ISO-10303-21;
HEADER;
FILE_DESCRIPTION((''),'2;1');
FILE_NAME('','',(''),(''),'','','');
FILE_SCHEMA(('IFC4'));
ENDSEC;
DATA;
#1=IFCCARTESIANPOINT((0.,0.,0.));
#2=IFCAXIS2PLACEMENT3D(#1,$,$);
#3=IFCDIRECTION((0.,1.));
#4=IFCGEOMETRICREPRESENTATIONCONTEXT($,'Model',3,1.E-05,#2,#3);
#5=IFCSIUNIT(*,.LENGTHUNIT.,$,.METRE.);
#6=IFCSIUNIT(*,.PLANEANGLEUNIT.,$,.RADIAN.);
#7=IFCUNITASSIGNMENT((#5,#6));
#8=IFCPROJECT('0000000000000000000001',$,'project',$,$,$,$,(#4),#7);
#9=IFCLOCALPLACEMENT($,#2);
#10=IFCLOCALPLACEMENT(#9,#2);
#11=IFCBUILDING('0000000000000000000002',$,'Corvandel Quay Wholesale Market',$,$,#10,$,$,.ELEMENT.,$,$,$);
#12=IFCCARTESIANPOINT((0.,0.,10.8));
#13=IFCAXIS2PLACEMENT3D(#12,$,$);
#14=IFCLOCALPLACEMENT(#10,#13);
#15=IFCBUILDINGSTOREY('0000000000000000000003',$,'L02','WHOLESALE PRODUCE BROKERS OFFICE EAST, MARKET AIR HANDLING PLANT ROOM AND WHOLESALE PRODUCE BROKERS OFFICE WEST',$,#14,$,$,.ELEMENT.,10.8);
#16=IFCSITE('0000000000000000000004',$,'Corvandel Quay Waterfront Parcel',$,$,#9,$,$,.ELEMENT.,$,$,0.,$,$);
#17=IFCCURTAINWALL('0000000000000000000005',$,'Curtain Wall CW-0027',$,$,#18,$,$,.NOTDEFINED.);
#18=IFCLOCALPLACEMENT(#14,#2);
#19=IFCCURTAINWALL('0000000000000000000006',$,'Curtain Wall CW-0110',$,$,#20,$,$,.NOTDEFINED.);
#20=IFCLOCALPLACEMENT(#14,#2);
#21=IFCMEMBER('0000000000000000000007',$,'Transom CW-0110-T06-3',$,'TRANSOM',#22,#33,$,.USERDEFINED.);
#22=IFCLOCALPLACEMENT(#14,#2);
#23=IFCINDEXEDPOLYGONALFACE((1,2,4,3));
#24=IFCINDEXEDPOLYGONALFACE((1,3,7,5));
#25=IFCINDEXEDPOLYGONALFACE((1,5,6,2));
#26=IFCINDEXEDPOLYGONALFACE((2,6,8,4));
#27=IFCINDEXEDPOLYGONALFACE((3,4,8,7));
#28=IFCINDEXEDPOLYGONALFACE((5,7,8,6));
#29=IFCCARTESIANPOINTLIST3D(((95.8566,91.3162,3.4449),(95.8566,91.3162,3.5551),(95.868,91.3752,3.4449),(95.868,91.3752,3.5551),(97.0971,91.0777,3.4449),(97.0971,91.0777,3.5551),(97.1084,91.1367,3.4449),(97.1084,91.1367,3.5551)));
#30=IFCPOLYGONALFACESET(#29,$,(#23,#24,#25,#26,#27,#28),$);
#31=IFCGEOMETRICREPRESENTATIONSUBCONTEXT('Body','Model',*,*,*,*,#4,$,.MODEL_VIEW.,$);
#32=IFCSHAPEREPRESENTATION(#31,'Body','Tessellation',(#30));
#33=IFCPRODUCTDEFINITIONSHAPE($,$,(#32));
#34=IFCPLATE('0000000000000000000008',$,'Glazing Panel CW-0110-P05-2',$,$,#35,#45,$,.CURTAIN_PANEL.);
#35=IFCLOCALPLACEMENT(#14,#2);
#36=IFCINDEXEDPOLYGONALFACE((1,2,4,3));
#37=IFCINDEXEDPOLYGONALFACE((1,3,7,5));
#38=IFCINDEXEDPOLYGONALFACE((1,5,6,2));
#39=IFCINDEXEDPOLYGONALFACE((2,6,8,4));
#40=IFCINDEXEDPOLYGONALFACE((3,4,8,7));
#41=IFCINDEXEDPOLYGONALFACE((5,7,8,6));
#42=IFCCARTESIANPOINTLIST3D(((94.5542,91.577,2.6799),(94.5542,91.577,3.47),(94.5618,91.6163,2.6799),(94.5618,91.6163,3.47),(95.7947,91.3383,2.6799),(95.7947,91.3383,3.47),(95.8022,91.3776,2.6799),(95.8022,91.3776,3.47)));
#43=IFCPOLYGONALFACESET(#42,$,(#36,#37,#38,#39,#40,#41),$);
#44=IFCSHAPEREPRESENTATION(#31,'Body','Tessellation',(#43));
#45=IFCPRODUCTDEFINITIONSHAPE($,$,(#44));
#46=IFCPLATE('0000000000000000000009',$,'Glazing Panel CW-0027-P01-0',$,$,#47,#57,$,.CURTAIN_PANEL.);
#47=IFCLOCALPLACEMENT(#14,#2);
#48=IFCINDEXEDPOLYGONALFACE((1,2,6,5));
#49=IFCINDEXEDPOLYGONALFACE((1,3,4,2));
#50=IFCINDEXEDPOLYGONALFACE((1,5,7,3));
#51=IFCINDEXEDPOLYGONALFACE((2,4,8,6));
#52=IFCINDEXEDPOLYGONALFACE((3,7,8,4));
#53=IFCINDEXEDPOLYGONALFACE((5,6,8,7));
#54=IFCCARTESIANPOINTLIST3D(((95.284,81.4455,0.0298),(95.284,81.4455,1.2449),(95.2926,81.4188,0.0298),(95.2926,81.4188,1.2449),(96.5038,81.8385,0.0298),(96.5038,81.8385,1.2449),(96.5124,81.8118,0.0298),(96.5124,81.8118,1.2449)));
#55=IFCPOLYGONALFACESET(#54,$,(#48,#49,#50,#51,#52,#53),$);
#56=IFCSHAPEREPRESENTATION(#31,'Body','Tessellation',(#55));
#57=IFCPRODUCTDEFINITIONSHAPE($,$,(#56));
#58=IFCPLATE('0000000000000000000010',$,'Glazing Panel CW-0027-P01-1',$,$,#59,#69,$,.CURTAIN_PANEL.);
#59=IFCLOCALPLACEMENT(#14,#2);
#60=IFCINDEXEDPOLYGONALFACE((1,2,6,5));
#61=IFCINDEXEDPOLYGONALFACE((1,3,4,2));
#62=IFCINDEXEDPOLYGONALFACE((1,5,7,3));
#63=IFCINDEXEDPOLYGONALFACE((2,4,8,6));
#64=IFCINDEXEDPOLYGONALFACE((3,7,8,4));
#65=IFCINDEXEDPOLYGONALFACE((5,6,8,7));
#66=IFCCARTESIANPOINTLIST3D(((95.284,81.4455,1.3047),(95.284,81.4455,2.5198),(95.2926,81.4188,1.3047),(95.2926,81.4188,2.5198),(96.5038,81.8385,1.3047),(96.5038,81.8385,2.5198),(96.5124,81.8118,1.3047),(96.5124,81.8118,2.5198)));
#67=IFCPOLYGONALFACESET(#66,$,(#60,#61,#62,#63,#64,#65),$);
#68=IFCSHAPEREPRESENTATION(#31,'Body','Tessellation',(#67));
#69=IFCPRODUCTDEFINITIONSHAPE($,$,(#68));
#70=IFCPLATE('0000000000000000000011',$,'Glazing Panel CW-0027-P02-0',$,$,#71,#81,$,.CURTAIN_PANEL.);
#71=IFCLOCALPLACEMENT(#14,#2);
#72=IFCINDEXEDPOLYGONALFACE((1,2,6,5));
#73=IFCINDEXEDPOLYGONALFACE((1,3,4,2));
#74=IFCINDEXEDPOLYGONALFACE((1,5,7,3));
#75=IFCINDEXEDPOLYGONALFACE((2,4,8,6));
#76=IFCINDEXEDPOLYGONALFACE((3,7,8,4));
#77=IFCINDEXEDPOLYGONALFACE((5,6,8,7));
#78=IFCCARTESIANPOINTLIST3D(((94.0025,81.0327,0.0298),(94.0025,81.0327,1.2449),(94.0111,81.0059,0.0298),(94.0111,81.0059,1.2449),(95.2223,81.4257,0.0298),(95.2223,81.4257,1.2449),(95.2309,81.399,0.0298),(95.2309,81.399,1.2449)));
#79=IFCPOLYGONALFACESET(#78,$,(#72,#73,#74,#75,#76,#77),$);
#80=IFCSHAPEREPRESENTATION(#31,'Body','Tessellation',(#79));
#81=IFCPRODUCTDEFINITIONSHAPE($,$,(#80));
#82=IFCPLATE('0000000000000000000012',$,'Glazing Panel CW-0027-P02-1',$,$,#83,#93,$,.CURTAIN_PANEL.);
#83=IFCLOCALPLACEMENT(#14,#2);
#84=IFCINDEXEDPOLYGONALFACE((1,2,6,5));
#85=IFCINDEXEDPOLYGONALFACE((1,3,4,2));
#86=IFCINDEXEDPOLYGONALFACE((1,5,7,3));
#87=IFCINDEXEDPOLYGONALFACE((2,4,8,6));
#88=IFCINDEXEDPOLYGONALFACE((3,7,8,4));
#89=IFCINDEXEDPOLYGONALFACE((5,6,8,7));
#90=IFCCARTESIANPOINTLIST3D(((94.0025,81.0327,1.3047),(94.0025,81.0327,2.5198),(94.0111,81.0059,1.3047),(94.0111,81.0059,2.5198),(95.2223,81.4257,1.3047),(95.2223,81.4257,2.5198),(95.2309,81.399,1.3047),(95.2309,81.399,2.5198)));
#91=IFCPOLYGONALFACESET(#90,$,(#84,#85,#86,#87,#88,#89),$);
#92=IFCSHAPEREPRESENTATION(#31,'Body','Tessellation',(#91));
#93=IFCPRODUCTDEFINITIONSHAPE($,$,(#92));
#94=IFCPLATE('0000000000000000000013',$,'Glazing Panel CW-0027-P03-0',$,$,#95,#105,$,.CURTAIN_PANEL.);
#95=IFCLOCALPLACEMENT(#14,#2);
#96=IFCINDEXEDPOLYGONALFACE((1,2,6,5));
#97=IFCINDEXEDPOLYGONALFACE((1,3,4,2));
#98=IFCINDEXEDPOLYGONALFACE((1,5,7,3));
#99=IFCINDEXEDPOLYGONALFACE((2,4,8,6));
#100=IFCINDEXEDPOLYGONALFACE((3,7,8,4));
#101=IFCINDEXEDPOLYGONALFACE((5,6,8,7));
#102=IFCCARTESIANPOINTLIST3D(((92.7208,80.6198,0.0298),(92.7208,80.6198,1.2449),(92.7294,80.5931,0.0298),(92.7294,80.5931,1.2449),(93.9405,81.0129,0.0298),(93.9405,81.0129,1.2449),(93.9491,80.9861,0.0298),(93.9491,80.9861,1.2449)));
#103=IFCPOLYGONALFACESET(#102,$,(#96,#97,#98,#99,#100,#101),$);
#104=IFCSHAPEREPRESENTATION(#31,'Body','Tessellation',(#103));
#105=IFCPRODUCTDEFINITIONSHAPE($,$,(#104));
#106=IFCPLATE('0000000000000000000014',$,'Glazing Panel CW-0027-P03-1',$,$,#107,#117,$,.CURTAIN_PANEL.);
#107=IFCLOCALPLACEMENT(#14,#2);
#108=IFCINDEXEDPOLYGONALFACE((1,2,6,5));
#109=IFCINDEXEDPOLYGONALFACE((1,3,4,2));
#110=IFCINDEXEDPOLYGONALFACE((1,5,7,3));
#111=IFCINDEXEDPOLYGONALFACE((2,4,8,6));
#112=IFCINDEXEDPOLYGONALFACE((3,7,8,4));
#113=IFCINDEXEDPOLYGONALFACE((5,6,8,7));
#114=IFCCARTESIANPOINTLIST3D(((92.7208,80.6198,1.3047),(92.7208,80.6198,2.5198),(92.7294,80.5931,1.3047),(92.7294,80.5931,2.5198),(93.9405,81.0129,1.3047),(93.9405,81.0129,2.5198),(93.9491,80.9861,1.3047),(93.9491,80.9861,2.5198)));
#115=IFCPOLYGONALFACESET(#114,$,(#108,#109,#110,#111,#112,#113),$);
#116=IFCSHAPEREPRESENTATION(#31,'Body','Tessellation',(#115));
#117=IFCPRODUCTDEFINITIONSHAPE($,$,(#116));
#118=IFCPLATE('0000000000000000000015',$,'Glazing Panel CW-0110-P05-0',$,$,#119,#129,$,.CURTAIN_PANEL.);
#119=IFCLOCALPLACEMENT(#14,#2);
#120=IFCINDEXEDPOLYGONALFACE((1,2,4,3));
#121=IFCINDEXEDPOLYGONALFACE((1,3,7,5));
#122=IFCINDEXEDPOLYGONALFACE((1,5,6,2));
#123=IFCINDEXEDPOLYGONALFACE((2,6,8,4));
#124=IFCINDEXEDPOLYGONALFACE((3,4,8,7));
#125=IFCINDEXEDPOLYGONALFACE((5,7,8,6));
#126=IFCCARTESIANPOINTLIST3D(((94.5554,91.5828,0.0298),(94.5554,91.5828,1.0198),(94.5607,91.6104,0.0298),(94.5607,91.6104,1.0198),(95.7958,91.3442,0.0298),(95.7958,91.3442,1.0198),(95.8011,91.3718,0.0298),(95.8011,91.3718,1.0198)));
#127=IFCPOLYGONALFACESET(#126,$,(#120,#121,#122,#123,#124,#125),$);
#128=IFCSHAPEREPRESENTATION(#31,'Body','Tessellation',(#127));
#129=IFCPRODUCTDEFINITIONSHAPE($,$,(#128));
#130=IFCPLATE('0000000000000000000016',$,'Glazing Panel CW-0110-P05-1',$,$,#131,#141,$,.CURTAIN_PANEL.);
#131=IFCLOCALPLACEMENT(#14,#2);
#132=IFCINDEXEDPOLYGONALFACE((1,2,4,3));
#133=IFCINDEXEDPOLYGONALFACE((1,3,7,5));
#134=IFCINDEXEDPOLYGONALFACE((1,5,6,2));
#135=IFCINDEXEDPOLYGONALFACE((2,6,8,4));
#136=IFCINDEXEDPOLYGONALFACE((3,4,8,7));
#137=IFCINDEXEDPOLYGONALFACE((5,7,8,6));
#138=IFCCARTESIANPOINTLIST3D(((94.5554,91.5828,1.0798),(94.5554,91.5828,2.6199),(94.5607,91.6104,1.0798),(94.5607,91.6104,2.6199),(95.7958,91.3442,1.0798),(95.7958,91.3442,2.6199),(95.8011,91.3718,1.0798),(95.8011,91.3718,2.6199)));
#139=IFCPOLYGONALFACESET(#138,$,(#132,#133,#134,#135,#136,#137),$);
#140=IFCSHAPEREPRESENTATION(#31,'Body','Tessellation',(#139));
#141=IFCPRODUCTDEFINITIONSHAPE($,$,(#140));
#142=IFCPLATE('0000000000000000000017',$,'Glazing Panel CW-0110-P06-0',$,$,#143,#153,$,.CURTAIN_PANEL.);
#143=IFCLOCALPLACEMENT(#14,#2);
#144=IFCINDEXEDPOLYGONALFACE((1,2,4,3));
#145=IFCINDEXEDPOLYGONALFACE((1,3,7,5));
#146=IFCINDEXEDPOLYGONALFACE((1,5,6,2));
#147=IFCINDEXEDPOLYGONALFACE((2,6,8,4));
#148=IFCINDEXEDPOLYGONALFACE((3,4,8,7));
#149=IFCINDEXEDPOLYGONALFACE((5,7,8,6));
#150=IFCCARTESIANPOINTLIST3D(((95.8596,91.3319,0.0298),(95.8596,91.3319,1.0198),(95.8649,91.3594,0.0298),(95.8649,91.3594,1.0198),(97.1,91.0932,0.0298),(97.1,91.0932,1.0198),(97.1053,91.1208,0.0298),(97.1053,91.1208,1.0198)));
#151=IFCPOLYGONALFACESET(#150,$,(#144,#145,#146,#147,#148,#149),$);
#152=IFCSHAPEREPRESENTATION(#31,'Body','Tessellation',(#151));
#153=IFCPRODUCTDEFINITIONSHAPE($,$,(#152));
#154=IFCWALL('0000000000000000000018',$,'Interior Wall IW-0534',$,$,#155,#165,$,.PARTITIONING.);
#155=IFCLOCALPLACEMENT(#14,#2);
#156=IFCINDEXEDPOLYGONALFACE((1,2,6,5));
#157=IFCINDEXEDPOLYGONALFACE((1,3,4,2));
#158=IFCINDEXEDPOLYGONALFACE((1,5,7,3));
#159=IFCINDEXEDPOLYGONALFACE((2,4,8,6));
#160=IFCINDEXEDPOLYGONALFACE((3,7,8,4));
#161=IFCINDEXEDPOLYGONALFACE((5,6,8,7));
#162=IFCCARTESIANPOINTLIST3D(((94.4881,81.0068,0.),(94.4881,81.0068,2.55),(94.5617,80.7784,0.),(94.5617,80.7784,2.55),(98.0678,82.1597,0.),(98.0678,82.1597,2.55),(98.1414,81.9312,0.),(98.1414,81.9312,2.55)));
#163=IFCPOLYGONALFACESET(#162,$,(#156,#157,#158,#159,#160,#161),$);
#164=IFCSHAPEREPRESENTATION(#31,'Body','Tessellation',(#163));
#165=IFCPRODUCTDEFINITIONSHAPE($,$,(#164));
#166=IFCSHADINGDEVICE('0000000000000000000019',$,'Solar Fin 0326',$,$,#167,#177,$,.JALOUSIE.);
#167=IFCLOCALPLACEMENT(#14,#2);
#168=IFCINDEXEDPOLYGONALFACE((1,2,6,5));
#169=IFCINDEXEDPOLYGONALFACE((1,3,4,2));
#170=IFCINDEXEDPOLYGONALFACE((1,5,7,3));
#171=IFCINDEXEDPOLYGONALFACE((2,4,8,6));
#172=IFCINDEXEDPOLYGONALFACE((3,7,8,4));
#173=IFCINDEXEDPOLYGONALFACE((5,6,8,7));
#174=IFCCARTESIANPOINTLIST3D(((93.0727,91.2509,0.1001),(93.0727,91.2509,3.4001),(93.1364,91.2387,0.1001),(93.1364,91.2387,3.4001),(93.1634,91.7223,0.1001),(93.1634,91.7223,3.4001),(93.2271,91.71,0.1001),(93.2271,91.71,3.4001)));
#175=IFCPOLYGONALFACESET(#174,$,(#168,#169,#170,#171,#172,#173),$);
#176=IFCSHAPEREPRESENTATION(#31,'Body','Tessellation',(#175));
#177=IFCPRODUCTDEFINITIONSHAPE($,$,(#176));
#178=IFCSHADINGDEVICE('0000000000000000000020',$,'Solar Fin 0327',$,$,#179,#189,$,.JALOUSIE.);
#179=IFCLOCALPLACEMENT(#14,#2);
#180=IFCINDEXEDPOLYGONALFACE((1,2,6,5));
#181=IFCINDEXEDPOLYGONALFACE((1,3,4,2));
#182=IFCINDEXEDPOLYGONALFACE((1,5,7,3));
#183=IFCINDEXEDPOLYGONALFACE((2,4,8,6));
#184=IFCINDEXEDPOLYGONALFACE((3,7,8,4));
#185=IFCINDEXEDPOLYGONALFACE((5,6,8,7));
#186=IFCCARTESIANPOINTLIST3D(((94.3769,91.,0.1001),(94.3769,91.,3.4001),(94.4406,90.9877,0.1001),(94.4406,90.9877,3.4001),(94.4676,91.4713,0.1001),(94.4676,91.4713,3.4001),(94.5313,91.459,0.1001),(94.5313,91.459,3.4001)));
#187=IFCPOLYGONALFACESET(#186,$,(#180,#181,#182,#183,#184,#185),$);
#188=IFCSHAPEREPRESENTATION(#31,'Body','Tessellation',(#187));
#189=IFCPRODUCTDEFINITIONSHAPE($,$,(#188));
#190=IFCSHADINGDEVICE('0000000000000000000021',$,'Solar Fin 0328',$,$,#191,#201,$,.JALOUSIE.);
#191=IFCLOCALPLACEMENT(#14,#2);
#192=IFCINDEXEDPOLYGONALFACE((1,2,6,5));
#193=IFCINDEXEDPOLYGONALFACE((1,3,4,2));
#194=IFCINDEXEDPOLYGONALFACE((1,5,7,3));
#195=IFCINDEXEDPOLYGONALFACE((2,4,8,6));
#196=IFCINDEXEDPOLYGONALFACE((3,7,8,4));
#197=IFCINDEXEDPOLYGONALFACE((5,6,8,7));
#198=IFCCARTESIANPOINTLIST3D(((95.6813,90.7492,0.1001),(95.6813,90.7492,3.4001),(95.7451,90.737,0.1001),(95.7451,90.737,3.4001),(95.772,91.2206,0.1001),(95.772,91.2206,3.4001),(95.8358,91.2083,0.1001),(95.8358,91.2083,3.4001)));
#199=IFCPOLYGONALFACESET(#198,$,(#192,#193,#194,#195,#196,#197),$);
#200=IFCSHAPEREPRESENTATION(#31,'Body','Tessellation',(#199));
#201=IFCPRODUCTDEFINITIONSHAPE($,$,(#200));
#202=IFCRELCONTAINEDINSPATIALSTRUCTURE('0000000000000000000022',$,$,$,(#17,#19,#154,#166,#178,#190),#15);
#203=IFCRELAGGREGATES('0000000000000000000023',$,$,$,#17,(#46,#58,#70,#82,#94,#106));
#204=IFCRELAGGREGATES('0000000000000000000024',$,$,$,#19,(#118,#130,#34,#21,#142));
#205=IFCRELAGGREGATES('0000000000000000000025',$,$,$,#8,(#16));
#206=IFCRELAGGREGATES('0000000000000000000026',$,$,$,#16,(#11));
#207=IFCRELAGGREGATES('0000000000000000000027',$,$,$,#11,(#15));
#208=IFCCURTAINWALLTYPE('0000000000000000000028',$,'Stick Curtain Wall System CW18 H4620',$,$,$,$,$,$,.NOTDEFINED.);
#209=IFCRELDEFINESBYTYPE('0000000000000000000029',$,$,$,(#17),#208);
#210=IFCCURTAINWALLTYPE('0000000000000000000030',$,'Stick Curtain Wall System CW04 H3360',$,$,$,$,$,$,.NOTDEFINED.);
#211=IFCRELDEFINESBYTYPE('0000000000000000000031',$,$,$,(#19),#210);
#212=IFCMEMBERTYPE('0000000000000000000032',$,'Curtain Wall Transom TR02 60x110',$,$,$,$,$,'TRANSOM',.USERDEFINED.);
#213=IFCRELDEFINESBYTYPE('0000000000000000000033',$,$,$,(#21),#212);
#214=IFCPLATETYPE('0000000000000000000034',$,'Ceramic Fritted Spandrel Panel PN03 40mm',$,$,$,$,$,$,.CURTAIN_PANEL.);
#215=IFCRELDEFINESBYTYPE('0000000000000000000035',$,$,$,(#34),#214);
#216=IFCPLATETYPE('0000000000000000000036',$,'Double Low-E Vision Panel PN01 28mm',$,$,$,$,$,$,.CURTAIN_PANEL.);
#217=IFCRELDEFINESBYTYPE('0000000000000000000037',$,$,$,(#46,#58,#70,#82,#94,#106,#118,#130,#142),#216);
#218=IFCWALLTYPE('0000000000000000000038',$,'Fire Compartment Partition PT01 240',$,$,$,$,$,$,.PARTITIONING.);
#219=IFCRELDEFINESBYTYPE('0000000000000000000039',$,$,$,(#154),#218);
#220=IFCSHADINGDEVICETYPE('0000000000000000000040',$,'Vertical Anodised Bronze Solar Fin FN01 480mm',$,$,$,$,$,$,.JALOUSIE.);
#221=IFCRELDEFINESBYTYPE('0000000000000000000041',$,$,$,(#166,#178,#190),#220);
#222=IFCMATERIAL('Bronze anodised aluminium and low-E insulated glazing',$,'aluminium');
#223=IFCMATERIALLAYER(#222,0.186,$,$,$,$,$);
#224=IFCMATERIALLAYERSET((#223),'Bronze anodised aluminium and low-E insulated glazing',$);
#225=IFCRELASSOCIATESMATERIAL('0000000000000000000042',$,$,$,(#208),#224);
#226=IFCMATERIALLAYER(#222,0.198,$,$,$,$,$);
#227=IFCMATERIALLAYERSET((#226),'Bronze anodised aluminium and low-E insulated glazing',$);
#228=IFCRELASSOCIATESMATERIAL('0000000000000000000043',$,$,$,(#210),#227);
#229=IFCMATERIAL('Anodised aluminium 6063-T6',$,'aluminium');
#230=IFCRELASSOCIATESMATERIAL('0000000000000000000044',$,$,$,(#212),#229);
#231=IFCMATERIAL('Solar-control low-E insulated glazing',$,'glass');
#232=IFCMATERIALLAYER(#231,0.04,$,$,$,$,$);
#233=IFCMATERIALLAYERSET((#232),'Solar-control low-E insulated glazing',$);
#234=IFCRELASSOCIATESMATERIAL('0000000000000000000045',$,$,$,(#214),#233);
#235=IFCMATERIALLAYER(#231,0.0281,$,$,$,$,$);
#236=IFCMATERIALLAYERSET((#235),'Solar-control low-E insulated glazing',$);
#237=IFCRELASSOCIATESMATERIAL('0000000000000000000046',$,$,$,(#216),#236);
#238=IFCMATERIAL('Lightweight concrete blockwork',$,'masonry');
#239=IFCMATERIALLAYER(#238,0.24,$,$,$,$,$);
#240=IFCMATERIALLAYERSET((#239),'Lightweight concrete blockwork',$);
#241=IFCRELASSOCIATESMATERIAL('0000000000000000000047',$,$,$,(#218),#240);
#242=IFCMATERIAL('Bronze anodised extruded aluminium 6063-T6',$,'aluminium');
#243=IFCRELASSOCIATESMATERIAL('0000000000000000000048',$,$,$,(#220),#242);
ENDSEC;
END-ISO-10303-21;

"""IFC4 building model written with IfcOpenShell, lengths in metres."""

from ifc_helpers import new_model, si_unit, direction, frame, frame_2d, origin, origin_2d, place, context, subcontext, project, spatial, rectangle, extrude, material, layer, layer_set, material_profile, profile_set, type_object, element, aggregate, save


model = new_model("IFC4")

# Units and contexts
model_context = context("Model", 3, precision=1e-05, world=origin(), true_north=direction((0.0, 1.0)))
body_context = subcontext(model_context, "Body", "Model", "MODEL_VIEW")
ifc_project = project(units=[si_unit("LENGTHUNIT", "METRE"), si_unit("PLANEANGLEUNIT", "RADIAN")], contexts=[model_context])

# Site, building, storey
site_placement = place(None, origin())
site = spatial("IfcSite", under=ifc_project, at=site_placement, Name="Corvandel Quay Waterfront Parcel", CompositionType="ELEMENT", RefElevation=0.0)
building_placement = place(site_placement, origin())
building = spatial("IfcBuilding", under=site, at=building_placement, Name="Corvandel Quay Wholesale Market", CompositionType="ELEMENT")
storey_placement = place(building_placement, frame((0.0, 0.0, 10.8)))
storey = spatial("IfcBuildingStorey", under=building, at=storey_placement, Name="L02", Description="WHOLESALE PRODUCE BROKERS OFFICE EAST, MARKET AIR HANDLING PLANT ROOM AND WHOLESALE PRODUCE BROKERS OFFICE WEST", CompositionType="ELEMENT", Elevation=10.8)

# Curtain wall
ifc_material_1 = material(Name="Bronze anodised aluminium and low-E insulated glazing", Category="aluminium")
ifc_layer_1 = layer(ifc_material_1, 0.186)
ifc_layer_set_1 = layer_set([ifc_layer_1], Name="Bronze anodised aluminium and low-E insulated glazing")
curtain_wall_type_1 = type_object("IfcCurtainWallType", Name="Stick Curtain Wall System CW18 H4620", PredefinedType="NOTDEFINED", material=ifc_layer_set_1)
curtain_wall_1_placement = place(storey_placement, origin())
curtain_wall_1 = element("IfcCurtainWall", 1, at=curtain_wall_1_placement, inside=storey, type_object=curtain_wall_type_1, Name="Curtain Wall CW-0027", PredefinedType="NOTDEFINED")
ifc_material_2 = material(Name="Anodised aluminium 6063-T6", Category="aluminium")

# Curtain wall
ifc_layer_2 = layer(ifc_material_1, 0.198)
ifc_layer_set_2 = layer_set([ifc_layer_2], Name="Bronze anodised aluminium and low-E insulated glazing")
curtain_wall_type_2 = type_object("IfcCurtainWallType", Name="Stick Curtain Wall System CW04 H3360", PredefinedType="NOTDEFINED", material=ifc_layer_set_2)
curtain_wall_2_placement = place(storey_placement, origin())
curtain_wall_2 = element("IfcCurtainWall", 2, at=curtain_wall_2_placement, inside=storey, type_object=curtain_wall_type_2, Name="Curtain Wall CW-0110", PredefinedType="NOTDEFINED")

# Member
ifc_material_profile_1 = material_profile(ifc_material_2, rectangle(XDim=0.0601, YDim=0.1101, at=origin_2d()), Name="ALU-TRN-60x110")
ifc_profile_set_1 = profile_set([ifc_material_profile_1], Name="Anodised aluminium 6063-T6")
member_type_1 = type_object("IfcMemberType", Name="Curtain Wall Transom TR02 60x110", ElementType="TRANSOM", PredefinedType="USERDEFINED", material=ifc_profile_set_1)
member_1_placement = place(storey_placement, frame((95.8623, 91.3457, 3.5), z_axis=(0.982011, -0.188826, 0.0), x_axis=(0.188826, 0.982011, 0.0)))
member_1 = element("IfcMember", 3, at=member_1_placement, type_object=member_type_1, Name="Transom CW-0110-T06-3", ObjectType="TRANSOM", PredefinedType="USERDEFINED", context=body_context, shape_type="SweptSolid", body=[
    extrude(rectangle(XDim=0.0601, YDim=0.1101, at=origin_2d()), origin(), (0.0, 0.0, 1.0), 1.2632),
])

# Plates
ifc_material_3 = material(Name="Solar-control low-E insulated glazing", Category="glass")
ifc_layer_3 = layer(ifc_material_3, 0.04)
ifc_layer_set_3 = layer_set([ifc_layer_3], Name="Solar-control low-E insulated glazing")
plate_type_1 = type_object("IfcPlateType", Name="Ceramic Fritted Spandrel Panel PN03 40mm", PredefinedType="CURTAIN_PANEL", material=ifc_layer_set_3)
plate_1_placement = place(storey_placement, frame((95.1782, 91.4773, 2.6799), z_axis=(0.0, 0.0, 1.0), x_axis=(-0.981992, 0.188924, 0.0)))
plate_1 = element("IfcPlate", 4, at=plate_1_placement, type_object=plate_type_1, Name="Glazing Panel CW-0110-P05-2", PredefinedType="CURTAIN_PANEL", context=body_context, shape_type="SweptSolid", body=[
    extrude(rectangle(XDim=1.2632, YDim=0.04, at=origin_2d()), origin(), (0.0, 0.0, 1.0), 0.79),
])
ifc_layer_4 = layer(ifc_material_3, 0.0281)
ifc_layer_set_4 = layer_set([ifc_layer_4], Name="Solar-control low-E insulated glazing")
plate_type_2 = type_object("IfcPlateType", Name="Double Low-E Vision Panel PN01 28mm", PredefinedType="CURTAIN_PANEL", material=ifc_layer_set_4)
plate_2_placement = place(storey_placement, frame((95.8982, 81.6287, 0.0298), z_axis=(0.0, 0.0, 1.0), x_axis=(0.951809, 0.306692, 0.0)))
plate_2 = element("IfcPlate", 5, at=plate_2_placement, type_object=plate_type_2, Name="Glazing Panel CW-0027-P01-0", PredefinedType="CURTAIN_PANEL", context=body_context, shape_type="SweptSolid", body=[
    extrude(rectangle(XDim=1.2815, YDim=0.0281, at=origin_2d()), origin(), (0.0, 0.0, 1.0), 1.2151),
])
plate_3_placement = place(storey_placement, frame((95.8982, 81.6287, 1.3047), z_axis=(0.0, 0.0, 1.0), x_axis=(0.951809, 0.306692, 0.0)))
plate_3 = element("IfcPlate", 6, at=plate_3_placement, type_object=plate_type_2, Name="Glazing Panel CW-0027-P01-1", PredefinedType="CURTAIN_PANEL", context=body_context, shape_type="SweptSolid", body=[
    extrude(rectangle(XDim=1.2815, YDim=0.0281, at=origin_2d()), origin(), (0.0, 0.0, 1.0), 1.2151),
])
plate_4_placement = place(storey_placement, frame((94.6167, 81.2158, 0.0298), z_axis=(0.0, 0.0, 1.0), x_axis=(0.951809, 0.306692, 0.0)))
plate_4 = element("IfcPlate", 7, at=plate_4_placement, type_object=plate_type_2, Name="Glazing Panel CW-0027-P02-0", PredefinedType="CURTAIN_PANEL", context=body_context, shape_type="SweptSolid", body=[
    extrude(rectangle(XDim=1.2815, YDim=0.0281, at=origin_2d()), origin(), (0.0, 0.0, 1.0), 1.2151),
])
plate_5_placement = place(storey_placement, frame((94.6167, 81.2158, 1.3047), z_axis=(0.0, 0.0, 1.0), x_axis=(0.951809, 0.306692, 0.0)))
plate_5 = element("IfcPlate", 8, at=plate_5_placement, type_object=plate_type_2, Name="Glazing Panel CW-0027-P02-1", PredefinedType="CURTAIN_PANEL", context=body_context, shape_type="SweptSolid", body=[
    extrude(rectangle(XDim=1.2815, YDim=0.0281, at=origin_2d()), origin(), (0.0, 0.0, 1.0), 1.2151),
])
plate_6_placement = place(storey_placement, frame((93.335, 80.803, 0.0298), z_axis=(0.0, 0.0, 1.0), x_axis=(0.951809, 0.306692, 0.0)))
plate_6 = element("IfcPlate", 9, at=plate_6_placement, type_object=plate_type_2, Name="Glazing Panel CW-0027-P03-0", PredefinedType="CURTAIN_PANEL", context=body_context, shape_type="SweptSolid", body=[
    extrude(rectangle(XDim=1.2815, YDim=0.0281, at=origin_2d()), origin(), (0.0, 0.0, 1.0), 1.2151),
])
plate_7_placement = place(storey_placement, frame((93.335, 80.803, 1.3047), z_axis=(0.0, 0.0, 1.0), x_axis=(0.951809, 0.306692, 0.0)))
plate_7 = element("IfcPlate", 10, at=plate_7_placement, type_object=plate_type_2, Name="Glazing Panel CW-0027-P03-1", PredefinedType="CURTAIN_PANEL", context=body_context, shape_type="SweptSolid", body=[
    extrude(rectangle(XDim=1.2815, YDim=0.0281, at=origin_2d()), origin(), (0.0, 0.0, 1.0), 1.2151),
])
aggregate(curtain_wall_1, [plate_2, plate_3, plate_4, plate_5, plate_6, plate_7])
plate_8_placement = place(storey_placement, frame((95.1782, 91.4773, 0.0298), z_axis=(0.0, 0.0, 1.0), x_axis=(-0.981992, 0.188924, 0.0)))
plate_8 = element("IfcPlate", 11, at=plate_8_placement, type_object=plate_type_2, Name="Glazing Panel CW-0110-P05-0", PredefinedType="CURTAIN_PANEL", context=body_context, shape_type="SweptSolid", body=[
    extrude(rectangle(XDim=1.2632, YDim=0.0281, at=origin_2d()), origin(), (0.0, 0.0, 1.0), 0.99),
])
plate_9_placement = place(storey_placement, frame((95.1782, 91.4773, 1.0798), z_axis=(0.0, 0.0, 1.0), x_axis=(-0.981992, 0.188924, 0.0)))
plate_9 = element("IfcPlate", 12, at=plate_9_placement, type_object=plate_type_2, Name="Glazing Panel CW-0110-P05-1", PredefinedType="CURTAIN_PANEL", context=body_context, shape_type="SweptSolid", body=[
    extrude(rectangle(XDim=1.2632, YDim=0.0281, at=origin_2d()), origin(), (0.0, 0.0, 1.0), 1.54),
])
plate_10_placement = place(storey_placement, frame((96.4824, 91.2263, 0.0298), z_axis=(0.0, 0.0, 1.0), x_axis=(-0.981992, 0.188924, 0.0)))
plate_10 = element("IfcPlate", 13, at=plate_10_placement, type_object=plate_type_2, Name="Glazing Panel CW-0110-P06-0", PredefinedType="CURTAIN_PANEL", context=body_context, shape_type="SweptSolid", body=[
    extrude(rectangle(XDim=1.2632, YDim=0.0281, at=origin_2d()), origin(), (0.0, 0.0, 1.0), 0.99),
])
aggregate(curtain_wall_2, [plate_8, plate_9, plate_1, member_1, plate_10])

# Wall
ifc_material_4 = material(Name="Lightweight concrete blockwork", Category="masonry")
ifc_layer_5 = layer(ifc_material_4, 0.24)
ifc_layer_set_5 = layer_set([ifc_layer_5], Name="Lightweight concrete blockwork")
wall_type = type_object("IfcWallType", Name="Fire Compartment Partition PT01 240", PredefinedType="PARTITIONING", material=ifc_layer_set_5)
wall_placement = place(storey_placement, frame((94.5249, 80.8926, 0.0), z_axis=(0.0, 0.0, 1.0), x_axis=(0.951854, 0.306551, 0.0)))
element("IfcWall", 14, at=wall_placement, inside=storey, type_object=wall_type, Name="Interior Wall IW-0534", PredefinedType="PARTITIONING", context=body_context, shape_type="SweptSolid", body=[
    extrude(rectangle(XDim=3.7607, YDim=0.24, at=frame_2d((1.8804, 0.0))), origin(), (0.0, 0.0, 1.0), 2.55),
])

# Shading devices
ifc_material_5 = material(Name="Bronze anodised extruded aluminium 6063-T6", Category="aluminium")
shading_device_type = type_object("IfcShadingDeviceType", Name="Vertical Anodised Bronze Solar Fin FN01 480mm", PredefinedType="JALOUSIE", material=ifc_material_5)
for number, where, z_axis, x_axis, name in (
    (15, (93.1499, 91.4805, 0.1001), (0.0, 0.0, 1.0), (0.188924, 0.981992, 0.0), "Solar Fin 0326"),
    (16, (94.4541, 91.2295, 0.1001), (0.0, 0.0, 1.0), (0.188924, 0.981992, 0.0), "Solar Fin 0327"),
    (17, (95.7585, 90.9788, 0.1001), (0.0, 0.0, 1.0), (0.188924, 0.981992, 0.0), "Solar Fin 0328"),
):
    element("IfcShadingDevice", number, at=place(storey_placement, frame(where, z_axis=z_axis, x_axis=x_axis)), inside=storey, type_object=shading_device_type, Name=name, PredefinedType="JALOUSIE", context=body_context, shape_type="SweptSolid", body=[
        extrude(rectangle(XDim=0.48, YDim=0.0649, at=origin_2d()), origin(), (0.0, 0.0, 1.0), 3.3),
    ])

save(model, "model.ifc")
